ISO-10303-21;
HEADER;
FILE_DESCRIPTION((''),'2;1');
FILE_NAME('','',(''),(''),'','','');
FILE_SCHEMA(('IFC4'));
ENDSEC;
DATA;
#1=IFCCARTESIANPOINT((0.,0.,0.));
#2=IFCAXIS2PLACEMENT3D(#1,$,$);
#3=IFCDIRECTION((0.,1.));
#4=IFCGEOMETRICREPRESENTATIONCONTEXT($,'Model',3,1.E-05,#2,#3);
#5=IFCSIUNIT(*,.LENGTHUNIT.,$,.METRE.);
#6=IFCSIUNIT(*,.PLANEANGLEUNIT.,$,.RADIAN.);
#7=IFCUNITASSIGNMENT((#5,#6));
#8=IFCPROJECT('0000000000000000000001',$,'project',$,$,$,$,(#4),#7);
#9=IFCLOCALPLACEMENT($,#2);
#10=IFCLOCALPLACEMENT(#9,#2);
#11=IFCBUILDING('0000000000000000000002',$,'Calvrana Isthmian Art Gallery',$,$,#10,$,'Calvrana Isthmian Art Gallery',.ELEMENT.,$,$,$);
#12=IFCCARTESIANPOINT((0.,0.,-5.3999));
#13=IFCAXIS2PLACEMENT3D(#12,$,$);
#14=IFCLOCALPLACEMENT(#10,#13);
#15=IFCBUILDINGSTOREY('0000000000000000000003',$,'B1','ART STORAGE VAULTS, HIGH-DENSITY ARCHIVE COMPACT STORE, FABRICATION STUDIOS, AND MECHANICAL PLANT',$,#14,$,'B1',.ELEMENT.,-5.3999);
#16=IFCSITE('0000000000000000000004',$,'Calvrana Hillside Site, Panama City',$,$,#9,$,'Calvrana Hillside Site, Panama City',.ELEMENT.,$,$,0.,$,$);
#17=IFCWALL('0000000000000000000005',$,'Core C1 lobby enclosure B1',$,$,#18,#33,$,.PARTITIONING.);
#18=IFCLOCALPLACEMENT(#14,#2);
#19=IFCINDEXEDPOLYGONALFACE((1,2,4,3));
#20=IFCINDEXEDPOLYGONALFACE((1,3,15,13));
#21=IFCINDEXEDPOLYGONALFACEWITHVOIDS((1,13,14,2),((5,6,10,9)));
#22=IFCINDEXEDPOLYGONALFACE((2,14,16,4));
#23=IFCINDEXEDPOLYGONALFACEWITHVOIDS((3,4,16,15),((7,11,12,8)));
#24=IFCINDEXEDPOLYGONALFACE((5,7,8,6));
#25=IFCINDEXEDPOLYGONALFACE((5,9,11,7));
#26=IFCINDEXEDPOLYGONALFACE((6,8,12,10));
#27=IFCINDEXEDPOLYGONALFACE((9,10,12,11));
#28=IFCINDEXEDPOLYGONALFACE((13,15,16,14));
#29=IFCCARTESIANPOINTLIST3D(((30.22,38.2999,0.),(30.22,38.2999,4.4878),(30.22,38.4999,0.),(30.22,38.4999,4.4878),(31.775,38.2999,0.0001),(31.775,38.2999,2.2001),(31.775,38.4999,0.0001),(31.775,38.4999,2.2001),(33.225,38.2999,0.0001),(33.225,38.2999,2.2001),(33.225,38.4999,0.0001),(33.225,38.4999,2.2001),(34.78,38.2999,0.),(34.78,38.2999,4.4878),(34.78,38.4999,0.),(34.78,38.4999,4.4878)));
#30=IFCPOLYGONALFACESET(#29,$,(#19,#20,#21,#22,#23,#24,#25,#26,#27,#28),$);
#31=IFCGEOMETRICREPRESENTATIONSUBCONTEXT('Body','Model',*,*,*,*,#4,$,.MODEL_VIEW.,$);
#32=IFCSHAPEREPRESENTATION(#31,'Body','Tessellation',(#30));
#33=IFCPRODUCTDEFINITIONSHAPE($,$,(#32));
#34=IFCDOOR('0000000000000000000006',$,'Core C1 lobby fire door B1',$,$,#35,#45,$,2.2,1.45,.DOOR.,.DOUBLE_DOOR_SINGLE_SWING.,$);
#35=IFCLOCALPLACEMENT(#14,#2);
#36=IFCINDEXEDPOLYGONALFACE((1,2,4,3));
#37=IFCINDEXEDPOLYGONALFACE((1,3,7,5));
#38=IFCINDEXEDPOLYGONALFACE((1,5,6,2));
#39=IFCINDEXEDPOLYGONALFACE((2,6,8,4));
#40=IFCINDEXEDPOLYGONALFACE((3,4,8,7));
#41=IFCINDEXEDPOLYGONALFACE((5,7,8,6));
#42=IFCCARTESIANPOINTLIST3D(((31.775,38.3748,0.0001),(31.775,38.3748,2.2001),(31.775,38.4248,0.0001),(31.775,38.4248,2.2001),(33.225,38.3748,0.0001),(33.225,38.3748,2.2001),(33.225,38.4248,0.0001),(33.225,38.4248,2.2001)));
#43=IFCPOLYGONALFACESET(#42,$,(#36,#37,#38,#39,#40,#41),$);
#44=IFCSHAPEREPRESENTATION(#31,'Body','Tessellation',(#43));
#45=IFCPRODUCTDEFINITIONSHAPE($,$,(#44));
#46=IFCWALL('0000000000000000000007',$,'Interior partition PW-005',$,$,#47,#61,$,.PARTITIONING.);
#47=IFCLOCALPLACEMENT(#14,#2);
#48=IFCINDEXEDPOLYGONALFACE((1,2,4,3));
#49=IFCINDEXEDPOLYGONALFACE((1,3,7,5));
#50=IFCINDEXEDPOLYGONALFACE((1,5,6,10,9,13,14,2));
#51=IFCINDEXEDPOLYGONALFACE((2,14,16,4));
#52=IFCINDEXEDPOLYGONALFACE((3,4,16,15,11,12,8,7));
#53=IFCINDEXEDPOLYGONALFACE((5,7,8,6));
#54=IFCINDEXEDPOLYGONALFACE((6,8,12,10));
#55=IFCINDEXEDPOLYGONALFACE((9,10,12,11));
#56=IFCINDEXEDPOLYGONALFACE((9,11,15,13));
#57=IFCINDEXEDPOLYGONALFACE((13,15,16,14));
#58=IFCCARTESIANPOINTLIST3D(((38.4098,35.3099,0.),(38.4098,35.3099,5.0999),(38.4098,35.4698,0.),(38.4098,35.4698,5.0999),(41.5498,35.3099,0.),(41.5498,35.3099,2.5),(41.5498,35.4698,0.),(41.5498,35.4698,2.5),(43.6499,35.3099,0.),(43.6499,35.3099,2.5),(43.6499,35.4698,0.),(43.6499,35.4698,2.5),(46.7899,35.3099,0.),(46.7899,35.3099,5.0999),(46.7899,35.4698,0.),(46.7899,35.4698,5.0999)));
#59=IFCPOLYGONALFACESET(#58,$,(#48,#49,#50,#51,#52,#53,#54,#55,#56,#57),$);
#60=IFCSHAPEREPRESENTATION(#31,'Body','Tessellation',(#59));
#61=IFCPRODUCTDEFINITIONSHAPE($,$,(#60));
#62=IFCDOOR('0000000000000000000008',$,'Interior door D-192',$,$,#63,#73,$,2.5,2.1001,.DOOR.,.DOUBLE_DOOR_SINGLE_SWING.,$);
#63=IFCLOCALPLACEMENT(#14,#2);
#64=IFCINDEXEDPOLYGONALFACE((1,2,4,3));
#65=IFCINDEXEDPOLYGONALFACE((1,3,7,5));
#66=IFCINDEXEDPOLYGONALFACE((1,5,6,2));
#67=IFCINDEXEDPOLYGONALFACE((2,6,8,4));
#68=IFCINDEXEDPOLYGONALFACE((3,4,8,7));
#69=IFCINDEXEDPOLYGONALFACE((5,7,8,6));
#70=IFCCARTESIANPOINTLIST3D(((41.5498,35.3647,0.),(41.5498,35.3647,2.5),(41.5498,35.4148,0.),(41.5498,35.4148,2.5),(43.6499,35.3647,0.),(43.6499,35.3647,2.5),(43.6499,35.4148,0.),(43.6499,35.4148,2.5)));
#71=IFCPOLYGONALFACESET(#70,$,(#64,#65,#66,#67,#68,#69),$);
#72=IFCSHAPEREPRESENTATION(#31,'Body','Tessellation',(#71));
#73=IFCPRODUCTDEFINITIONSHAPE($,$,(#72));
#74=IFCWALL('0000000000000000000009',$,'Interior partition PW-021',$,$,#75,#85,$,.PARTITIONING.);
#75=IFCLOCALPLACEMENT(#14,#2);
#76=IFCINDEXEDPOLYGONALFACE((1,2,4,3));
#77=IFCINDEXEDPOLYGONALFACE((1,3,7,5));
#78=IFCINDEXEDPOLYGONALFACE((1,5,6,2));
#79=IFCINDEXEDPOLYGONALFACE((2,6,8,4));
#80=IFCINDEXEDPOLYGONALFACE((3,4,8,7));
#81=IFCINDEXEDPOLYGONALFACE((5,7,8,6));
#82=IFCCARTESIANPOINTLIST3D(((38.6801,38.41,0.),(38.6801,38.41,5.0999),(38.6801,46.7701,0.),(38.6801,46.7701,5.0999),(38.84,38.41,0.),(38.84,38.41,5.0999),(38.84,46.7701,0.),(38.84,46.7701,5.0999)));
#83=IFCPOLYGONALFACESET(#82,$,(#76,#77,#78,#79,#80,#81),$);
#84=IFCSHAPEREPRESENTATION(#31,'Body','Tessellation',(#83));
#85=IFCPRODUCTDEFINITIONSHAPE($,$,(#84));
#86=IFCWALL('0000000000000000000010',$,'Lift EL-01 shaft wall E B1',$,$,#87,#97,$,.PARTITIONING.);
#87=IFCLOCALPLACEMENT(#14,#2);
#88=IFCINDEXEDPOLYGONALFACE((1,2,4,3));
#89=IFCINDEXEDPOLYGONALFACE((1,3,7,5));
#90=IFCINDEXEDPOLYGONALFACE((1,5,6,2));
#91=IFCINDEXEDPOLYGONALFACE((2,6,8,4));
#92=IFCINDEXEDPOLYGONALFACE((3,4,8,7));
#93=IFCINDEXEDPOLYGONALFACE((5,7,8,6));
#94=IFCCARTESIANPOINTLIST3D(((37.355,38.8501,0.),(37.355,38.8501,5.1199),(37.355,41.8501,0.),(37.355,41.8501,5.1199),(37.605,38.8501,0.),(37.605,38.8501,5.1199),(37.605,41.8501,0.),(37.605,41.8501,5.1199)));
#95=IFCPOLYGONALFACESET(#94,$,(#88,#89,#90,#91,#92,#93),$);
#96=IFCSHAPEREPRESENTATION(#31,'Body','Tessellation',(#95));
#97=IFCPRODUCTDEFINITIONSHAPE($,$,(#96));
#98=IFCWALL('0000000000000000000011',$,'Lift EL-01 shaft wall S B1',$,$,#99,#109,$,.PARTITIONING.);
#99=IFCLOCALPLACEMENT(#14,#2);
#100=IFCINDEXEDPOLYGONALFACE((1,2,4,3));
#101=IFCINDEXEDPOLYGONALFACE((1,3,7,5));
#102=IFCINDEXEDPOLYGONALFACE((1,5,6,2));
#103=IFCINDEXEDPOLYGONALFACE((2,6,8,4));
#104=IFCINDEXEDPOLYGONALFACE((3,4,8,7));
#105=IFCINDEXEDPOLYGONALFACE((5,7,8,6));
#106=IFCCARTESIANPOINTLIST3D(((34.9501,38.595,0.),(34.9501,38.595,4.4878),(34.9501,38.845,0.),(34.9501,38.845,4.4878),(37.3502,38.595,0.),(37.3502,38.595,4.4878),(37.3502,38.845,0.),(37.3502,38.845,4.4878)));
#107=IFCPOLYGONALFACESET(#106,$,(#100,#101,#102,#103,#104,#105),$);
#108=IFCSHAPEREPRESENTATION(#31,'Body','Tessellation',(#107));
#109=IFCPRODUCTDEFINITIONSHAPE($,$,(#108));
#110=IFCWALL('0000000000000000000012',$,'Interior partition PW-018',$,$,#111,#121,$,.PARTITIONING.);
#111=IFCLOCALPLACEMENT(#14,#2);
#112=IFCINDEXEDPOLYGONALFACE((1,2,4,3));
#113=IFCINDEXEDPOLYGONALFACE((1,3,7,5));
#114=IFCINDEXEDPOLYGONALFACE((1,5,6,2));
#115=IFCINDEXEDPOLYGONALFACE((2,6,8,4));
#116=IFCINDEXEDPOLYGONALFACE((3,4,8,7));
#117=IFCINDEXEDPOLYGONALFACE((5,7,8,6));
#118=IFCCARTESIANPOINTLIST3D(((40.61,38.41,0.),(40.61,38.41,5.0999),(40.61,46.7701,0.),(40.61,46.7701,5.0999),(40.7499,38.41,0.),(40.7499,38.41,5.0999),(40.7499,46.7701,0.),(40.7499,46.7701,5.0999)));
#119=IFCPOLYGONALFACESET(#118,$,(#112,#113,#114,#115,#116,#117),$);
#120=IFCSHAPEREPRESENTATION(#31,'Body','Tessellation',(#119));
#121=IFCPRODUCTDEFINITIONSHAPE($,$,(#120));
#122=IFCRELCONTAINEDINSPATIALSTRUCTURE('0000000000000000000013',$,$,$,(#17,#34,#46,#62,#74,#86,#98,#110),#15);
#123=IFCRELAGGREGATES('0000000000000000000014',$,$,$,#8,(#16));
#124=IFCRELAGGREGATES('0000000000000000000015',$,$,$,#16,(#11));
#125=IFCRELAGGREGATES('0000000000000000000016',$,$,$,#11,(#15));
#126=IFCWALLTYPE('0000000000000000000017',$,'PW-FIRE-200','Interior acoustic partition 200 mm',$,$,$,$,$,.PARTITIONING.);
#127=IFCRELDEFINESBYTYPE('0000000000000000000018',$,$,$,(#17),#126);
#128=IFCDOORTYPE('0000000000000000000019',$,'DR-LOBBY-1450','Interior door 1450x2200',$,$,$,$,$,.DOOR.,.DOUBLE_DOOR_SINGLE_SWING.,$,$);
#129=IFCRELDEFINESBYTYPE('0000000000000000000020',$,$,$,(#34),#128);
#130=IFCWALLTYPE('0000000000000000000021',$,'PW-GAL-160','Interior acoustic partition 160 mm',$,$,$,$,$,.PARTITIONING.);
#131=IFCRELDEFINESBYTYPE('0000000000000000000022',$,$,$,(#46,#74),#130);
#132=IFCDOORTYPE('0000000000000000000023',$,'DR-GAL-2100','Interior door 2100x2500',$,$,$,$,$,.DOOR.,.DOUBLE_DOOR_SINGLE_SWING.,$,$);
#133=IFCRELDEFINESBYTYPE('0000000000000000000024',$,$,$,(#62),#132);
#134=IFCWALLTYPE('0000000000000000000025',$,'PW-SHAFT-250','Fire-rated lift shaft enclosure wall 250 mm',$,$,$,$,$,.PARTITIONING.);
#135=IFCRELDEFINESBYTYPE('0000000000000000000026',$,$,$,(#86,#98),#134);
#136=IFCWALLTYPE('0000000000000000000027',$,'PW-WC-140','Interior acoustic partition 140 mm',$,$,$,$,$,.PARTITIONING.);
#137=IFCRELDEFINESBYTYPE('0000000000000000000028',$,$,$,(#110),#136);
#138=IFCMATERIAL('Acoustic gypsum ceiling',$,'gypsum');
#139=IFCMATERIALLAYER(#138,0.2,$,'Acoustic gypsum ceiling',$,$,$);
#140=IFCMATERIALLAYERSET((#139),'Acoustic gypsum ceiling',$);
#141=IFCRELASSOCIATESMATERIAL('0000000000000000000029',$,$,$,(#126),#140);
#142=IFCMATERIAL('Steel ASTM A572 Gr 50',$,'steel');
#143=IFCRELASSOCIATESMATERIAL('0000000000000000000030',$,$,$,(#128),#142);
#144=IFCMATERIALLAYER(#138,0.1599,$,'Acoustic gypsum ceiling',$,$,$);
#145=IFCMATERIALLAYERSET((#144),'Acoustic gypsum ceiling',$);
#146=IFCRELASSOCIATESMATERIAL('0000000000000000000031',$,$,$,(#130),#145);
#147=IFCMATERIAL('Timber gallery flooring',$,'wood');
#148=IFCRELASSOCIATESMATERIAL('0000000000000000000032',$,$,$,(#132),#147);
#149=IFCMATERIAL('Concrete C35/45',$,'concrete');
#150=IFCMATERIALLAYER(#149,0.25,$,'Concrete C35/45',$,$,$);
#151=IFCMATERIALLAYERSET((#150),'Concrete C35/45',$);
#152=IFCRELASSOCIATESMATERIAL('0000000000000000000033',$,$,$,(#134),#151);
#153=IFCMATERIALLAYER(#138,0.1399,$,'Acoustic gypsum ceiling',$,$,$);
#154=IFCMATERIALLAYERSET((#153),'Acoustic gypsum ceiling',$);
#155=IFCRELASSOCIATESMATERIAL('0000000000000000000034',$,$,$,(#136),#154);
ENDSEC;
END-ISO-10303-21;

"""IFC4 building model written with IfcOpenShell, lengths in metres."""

from ifc_helpers import new_model, si_unit, direction, frame, frame_2d, origin, place, context, subcontext, project, spatial, rectangle, extrude, material, layer, layer_set, type_object, element, fill, save


model = new_model("IFC4")

# Units and contexts
model_context = context("Model", 3, precision=1e-05, world=origin(), true_north=direction((0.0, 1.0)))
body_context = subcontext(model_context, "Body", "Model", "MODEL_VIEW")
ifc_project = project(units=[si_unit("LENGTHUNIT", "METRE"), si_unit("PLANEANGLEUNIT", "RADIAN")], contexts=[model_context])

# Site, building, storey
site_placement = place(None, origin())
site = spatial("IfcSite", under=ifc_project, at=site_placement, Name="Calvrana Hillside Site, Panama City", LongName="Calvrana Hillside Site, Panama City", CompositionType="ELEMENT", RefElevation=0.0)
building_placement = place(site_placement, origin())
building = spatial("IfcBuilding", under=site, at=building_placement, Name="Calvrana Isthmian Art Gallery", LongName="Calvrana Isthmian Art Gallery", CompositionType="ELEMENT")
storey_placement = place(building_placement, frame((0.0, 0.0, -5.3999)))
storey = spatial("IfcBuildingStorey", under=building, at=storey_placement, Name="B1", Description="ART STORAGE VAULTS, HIGH-DENSITY ARCHIVE COMPACT STORE, FABRICATION STUDIOS, AND MECHANICAL PLANT", LongName="B1", CompositionType="ELEMENT", Elevation=-5.3999)

# Shared definitions
ifc_material_1 = material(Name="Concrete C35/45", Category="concrete")

# Shared definitions
ifc_material_2 = material(Name="Steel ASTM A572 Gr 50", Category="steel")

# Shared definitions
ifc_material_3 = material(Name="Acoustic gypsum ceiling", Category="gypsum")
ifc_material_4 = material(Name="Timber gallery flooring", Category="wood")

# Walls, openings, doors
ifc_layer_1 = layer(ifc_material_3, 0.2, Name="Acoustic gypsum ceiling")
ifc_layer_set_1 = layer_set([ifc_layer_1], Name="Acoustic gypsum ceiling")
wall_type_1 = type_object("IfcWallType", Name="PW-FIRE-200", Description="Interior acoustic partition 200 mm", PredefinedType="PARTITIONING", material=ifc_layer_set_1)
wall_1_placement = place(storey_placement, frame((30.22, 38.3999, 0.0), z_axis=(0.0, 0.0, 1.0), x_axis=(1.0, 0.0, 0.0)))
wall_1 = element("IfcWall", 1, at=wall_1_placement, inside=storey, type_object=wall_type_1, Name="Core C1 lobby enclosure B1", PredefinedType="PARTITIONING", context=body_context, shape_type="SweptSolid", body=[
    extrude(rectangle(XDim=4.5601, YDim=0.2, at=frame_2d((2.28, 0.0))), origin(), (0.0, 0.0, 1.0), 4.4878),
])
opening_1_placement = place(wall_1_placement, frame((1.5549, 0.0, 0.0)))
opening_1 = element("IfcOpeningElement", 2, at=opening_1_placement, cuts=wall_1, PredefinedType="OPENING", context=body_context, shape_type="SweptSolid", body=[
    extrude(rectangle(XDim=1.45, YDim=2.2, at=frame_2d((0.7251, 1.1001))), frame((0.0, 0.1104, 0.0), z_axis=(0.0, -1.0, 0.0), x_axis=(1.0, 0.0, 0.0)), (0.0, 0.0, 1.0), 0.2205),
])
door_type_1 = type_object("IfcDoorType", Name="DR-LOBBY-1450", Description="Interior door 1450x2200", OperationType="DOUBLE_DOOR_SINGLE_SWING", PredefinedType="DOOR", material=ifc_material_2)
door_1_placement = place(opening_1_placement, origin())
door_1 = element("IfcDoor", 3, at=door_1_placement, inside=storey, type_object=door_type_1, Name="Core C1 lobby fire door B1", OperationType="DOUBLE_DOOR_SINGLE_SWING", OverallHeight=2.2, OverallWidth=1.45, PredefinedType="DOOR", context=body_context, shape_type="SweptSolid", body=[
    extrude(rectangle(XDim=1.45, YDim=2.2, at=frame_2d((0.7251, 1.1001))), frame((0.0, 0.0249, 0.0), z_axis=(0.0, -1.0, 0.0), x_axis=(1.0, 0.0, 0.0)), (0.0, 0.0, 1.0), 0.05),
])
fill(opening_1, door_1)
ifc_layer_2 = layer(ifc_material_3, 0.1599, Name="Acoustic gypsum ceiling")
ifc_layer_set_2 = layer_set([ifc_layer_2], Name="Acoustic gypsum ceiling")
wall_type_2 = type_object("IfcWallType", Name="PW-GAL-160", Description="Interior acoustic partition 160 mm", PredefinedType="PARTITIONING", material=ifc_layer_set_2)
wall_2_placement = place(storey_placement, frame((38.4099, 35.3899, 0.0), z_axis=(0.0, 0.0, 1.0), x_axis=(1.0, 0.0, 0.0)))
wall_2 = element("IfcWall", 4, at=wall_2_placement, inside=storey, type_object=wall_type_2, Name="Interior partition PW-005", PredefinedType="PARTITIONING", context=body_context, shape_type="SweptSolid", body=[
    extrude(rectangle(XDim=8.3801, YDim=0.1599, at=frame_2d((4.1899, 0.0))), origin(), (0.0, 0.0, 1.0), 5.0999),
])
opening_2_placement = place(wall_2_placement, frame((3.1399, 0.0, 0.0)))
opening_2 = element("IfcOpeningElement", 5, at=opening_2_placement, cuts=wall_2, PredefinedType="OPENING", context=body_context, shape_type="SweptSolid", body=[
    extrude(rectangle(XDim=2.1001, YDim=2.5, at=frame_2d((1.05, 1.25))), frame((0.0, 0.0903, 0.0), z_axis=(0.0, -1.0, 0.0), x_axis=(1.0, 0.0, 0.0)), (0.0, 0.0, 1.0), 0.1804),
])
door_type_2 = type_object("IfcDoorType", Name="DR-GAL-2100", Description="Interior door 2100x2500", OperationType="DOUBLE_DOOR_SINGLE_SWING", PredefinedType="DOOR", material=ifc_material_4)
door_2_placement = place(opening_2_placement, origin())
door_2 = element("IfcDoor", 6, at=door_2_placement, inside=storey, type_object=door_type_2, Name="Interior door D-192", OperationType="DOUBLE_DOOR_SINGLE_SWING", OverallHeight=2.5, OverallWidth=2.1001, PredefinedType="DOOR", context=body_context, shape_type="SweptSolid", body=[
    extrude(rectangle(XDim=2.1001, YDim=2.5, at=frame_2d((1.05, 1.25))), frame((0.0, 0.0249, 0.0), z_axis=(0.0, -1.0, 0.0), x_axis=(1.0, 0.0, 0.0)), (0.0, 0.0, 1.0), 0.05),
])
fill(opening_2, door_2)

# Walls
wall_3_placement = place(storey_placement, frame((38.76, 38.4099, 0.0), z_axis=(0.0, 0.0, 1.0), x_axis=(0.0, 1.0, 0.0)))
element("IfcWall", 7, at=wall_3_placement, inside=storey, type_object=wall_type_2, Name="Interior partition PW-021", PredefinedType="PARTITIONING", context=body_context, shape_type="SweptSolid", body=[
    extrude(rectangle(XDim=8.3601, YDim=0.1599, at=frame_2d((4.1802, 0.0))), origin(), (0.0, 0.0, 1.0), 5.0999),
])
ifc_layer_3 = layer(ifc_material_1, 0.25, Name="Concrete C35/45")
ifc_layer_set_3 = layer_set([ifc_layer_3], Name="Concrete C35/45")
wall_type_3 = type_object("IfcWallType", Name="PW-SHAFT-250", Description="Fire-rated lift shaft enclosure wall 250 mm", PredefinedType="PARTITIONING", material=ifc_layer_set_3)
wall_4_placement = place(storey_placement, frame((37.48, 38.8501, 0.0), z_axis=(0.0, 0.0, 1.0), x_axis=(0.0, 1.0, 0.0)))
element("IfcWall", 8, at=wall_4_placement, inside=storey, type_object=wall_type_3, Name="Lift EL-01 shaft wall E B1", PredefinedType="PARTITIONING", context=body_context, shape_type="SweptSolid", body=[
    extrude(rectangle(XDim=3.0, YDim=0.25, at=frame_2d((1.5, 0.0))), origin(), (0.0, 0.0, 1.0), 5.1199),
])
wall_5_placement = place(storey_placement, frame((34.95, 38.72, 0.0), z_axis=(0.0, 0.0, 1.0), x_axis=(1.0, 0.0, 0.0)))
element("IfcWall", 9, at=wall_5_placement, inside=storey, type_object=wall_type_3, Name="Lift EL-01 shaft wall S B1", PredefinedType="PARTITIONING", context=body_context, shape_type="SweptSolid", body=[
    extrude(rectangle(XDim=2.4001, YDim=0.25, at=frame_2d((1.2002, 0.0))), origin(), (0.0, 0.0, 1.0), 4.4878),
])

# Wall
ifc_layer_4 = layer(ifc_material_3, 0.1399, Name="Acoustic gypsum ceiling")
ifc_layer_set_4 = layer_set([ifc_layer_4], Name="Acoustic gypsum ceiling")
wall_type_4 = type_object("IfcWallType", Name="PW-WC-140", Description="Interior acoustic partition 140 mm", PredefinedType="PARTITIONING", material=ifc_layer_set_4)
wall_6_placement = place(storey_placement, frame((40.6799, 38.4099, 0.0), z_axis=(0.0, 0.0, 1.0), x_axis=(0.0, 1.0, 0.0)))
element("IfcWall", 10, at=wall_6_placement, inside=storey, type_object=wall_type_4, Name="Interior partition PW-018", PredefinedType="PARTITIONING", context=body_context, shape_type="SweptSolid", body=[
    extrude(rectangle(XDim=8.3601, YDim=0.1399, at=frame_2d((4.1802, 0.0))), origin(), (0.0, 0.0, 1.0), 5.0999),
])

save(model, "model.ifc")
